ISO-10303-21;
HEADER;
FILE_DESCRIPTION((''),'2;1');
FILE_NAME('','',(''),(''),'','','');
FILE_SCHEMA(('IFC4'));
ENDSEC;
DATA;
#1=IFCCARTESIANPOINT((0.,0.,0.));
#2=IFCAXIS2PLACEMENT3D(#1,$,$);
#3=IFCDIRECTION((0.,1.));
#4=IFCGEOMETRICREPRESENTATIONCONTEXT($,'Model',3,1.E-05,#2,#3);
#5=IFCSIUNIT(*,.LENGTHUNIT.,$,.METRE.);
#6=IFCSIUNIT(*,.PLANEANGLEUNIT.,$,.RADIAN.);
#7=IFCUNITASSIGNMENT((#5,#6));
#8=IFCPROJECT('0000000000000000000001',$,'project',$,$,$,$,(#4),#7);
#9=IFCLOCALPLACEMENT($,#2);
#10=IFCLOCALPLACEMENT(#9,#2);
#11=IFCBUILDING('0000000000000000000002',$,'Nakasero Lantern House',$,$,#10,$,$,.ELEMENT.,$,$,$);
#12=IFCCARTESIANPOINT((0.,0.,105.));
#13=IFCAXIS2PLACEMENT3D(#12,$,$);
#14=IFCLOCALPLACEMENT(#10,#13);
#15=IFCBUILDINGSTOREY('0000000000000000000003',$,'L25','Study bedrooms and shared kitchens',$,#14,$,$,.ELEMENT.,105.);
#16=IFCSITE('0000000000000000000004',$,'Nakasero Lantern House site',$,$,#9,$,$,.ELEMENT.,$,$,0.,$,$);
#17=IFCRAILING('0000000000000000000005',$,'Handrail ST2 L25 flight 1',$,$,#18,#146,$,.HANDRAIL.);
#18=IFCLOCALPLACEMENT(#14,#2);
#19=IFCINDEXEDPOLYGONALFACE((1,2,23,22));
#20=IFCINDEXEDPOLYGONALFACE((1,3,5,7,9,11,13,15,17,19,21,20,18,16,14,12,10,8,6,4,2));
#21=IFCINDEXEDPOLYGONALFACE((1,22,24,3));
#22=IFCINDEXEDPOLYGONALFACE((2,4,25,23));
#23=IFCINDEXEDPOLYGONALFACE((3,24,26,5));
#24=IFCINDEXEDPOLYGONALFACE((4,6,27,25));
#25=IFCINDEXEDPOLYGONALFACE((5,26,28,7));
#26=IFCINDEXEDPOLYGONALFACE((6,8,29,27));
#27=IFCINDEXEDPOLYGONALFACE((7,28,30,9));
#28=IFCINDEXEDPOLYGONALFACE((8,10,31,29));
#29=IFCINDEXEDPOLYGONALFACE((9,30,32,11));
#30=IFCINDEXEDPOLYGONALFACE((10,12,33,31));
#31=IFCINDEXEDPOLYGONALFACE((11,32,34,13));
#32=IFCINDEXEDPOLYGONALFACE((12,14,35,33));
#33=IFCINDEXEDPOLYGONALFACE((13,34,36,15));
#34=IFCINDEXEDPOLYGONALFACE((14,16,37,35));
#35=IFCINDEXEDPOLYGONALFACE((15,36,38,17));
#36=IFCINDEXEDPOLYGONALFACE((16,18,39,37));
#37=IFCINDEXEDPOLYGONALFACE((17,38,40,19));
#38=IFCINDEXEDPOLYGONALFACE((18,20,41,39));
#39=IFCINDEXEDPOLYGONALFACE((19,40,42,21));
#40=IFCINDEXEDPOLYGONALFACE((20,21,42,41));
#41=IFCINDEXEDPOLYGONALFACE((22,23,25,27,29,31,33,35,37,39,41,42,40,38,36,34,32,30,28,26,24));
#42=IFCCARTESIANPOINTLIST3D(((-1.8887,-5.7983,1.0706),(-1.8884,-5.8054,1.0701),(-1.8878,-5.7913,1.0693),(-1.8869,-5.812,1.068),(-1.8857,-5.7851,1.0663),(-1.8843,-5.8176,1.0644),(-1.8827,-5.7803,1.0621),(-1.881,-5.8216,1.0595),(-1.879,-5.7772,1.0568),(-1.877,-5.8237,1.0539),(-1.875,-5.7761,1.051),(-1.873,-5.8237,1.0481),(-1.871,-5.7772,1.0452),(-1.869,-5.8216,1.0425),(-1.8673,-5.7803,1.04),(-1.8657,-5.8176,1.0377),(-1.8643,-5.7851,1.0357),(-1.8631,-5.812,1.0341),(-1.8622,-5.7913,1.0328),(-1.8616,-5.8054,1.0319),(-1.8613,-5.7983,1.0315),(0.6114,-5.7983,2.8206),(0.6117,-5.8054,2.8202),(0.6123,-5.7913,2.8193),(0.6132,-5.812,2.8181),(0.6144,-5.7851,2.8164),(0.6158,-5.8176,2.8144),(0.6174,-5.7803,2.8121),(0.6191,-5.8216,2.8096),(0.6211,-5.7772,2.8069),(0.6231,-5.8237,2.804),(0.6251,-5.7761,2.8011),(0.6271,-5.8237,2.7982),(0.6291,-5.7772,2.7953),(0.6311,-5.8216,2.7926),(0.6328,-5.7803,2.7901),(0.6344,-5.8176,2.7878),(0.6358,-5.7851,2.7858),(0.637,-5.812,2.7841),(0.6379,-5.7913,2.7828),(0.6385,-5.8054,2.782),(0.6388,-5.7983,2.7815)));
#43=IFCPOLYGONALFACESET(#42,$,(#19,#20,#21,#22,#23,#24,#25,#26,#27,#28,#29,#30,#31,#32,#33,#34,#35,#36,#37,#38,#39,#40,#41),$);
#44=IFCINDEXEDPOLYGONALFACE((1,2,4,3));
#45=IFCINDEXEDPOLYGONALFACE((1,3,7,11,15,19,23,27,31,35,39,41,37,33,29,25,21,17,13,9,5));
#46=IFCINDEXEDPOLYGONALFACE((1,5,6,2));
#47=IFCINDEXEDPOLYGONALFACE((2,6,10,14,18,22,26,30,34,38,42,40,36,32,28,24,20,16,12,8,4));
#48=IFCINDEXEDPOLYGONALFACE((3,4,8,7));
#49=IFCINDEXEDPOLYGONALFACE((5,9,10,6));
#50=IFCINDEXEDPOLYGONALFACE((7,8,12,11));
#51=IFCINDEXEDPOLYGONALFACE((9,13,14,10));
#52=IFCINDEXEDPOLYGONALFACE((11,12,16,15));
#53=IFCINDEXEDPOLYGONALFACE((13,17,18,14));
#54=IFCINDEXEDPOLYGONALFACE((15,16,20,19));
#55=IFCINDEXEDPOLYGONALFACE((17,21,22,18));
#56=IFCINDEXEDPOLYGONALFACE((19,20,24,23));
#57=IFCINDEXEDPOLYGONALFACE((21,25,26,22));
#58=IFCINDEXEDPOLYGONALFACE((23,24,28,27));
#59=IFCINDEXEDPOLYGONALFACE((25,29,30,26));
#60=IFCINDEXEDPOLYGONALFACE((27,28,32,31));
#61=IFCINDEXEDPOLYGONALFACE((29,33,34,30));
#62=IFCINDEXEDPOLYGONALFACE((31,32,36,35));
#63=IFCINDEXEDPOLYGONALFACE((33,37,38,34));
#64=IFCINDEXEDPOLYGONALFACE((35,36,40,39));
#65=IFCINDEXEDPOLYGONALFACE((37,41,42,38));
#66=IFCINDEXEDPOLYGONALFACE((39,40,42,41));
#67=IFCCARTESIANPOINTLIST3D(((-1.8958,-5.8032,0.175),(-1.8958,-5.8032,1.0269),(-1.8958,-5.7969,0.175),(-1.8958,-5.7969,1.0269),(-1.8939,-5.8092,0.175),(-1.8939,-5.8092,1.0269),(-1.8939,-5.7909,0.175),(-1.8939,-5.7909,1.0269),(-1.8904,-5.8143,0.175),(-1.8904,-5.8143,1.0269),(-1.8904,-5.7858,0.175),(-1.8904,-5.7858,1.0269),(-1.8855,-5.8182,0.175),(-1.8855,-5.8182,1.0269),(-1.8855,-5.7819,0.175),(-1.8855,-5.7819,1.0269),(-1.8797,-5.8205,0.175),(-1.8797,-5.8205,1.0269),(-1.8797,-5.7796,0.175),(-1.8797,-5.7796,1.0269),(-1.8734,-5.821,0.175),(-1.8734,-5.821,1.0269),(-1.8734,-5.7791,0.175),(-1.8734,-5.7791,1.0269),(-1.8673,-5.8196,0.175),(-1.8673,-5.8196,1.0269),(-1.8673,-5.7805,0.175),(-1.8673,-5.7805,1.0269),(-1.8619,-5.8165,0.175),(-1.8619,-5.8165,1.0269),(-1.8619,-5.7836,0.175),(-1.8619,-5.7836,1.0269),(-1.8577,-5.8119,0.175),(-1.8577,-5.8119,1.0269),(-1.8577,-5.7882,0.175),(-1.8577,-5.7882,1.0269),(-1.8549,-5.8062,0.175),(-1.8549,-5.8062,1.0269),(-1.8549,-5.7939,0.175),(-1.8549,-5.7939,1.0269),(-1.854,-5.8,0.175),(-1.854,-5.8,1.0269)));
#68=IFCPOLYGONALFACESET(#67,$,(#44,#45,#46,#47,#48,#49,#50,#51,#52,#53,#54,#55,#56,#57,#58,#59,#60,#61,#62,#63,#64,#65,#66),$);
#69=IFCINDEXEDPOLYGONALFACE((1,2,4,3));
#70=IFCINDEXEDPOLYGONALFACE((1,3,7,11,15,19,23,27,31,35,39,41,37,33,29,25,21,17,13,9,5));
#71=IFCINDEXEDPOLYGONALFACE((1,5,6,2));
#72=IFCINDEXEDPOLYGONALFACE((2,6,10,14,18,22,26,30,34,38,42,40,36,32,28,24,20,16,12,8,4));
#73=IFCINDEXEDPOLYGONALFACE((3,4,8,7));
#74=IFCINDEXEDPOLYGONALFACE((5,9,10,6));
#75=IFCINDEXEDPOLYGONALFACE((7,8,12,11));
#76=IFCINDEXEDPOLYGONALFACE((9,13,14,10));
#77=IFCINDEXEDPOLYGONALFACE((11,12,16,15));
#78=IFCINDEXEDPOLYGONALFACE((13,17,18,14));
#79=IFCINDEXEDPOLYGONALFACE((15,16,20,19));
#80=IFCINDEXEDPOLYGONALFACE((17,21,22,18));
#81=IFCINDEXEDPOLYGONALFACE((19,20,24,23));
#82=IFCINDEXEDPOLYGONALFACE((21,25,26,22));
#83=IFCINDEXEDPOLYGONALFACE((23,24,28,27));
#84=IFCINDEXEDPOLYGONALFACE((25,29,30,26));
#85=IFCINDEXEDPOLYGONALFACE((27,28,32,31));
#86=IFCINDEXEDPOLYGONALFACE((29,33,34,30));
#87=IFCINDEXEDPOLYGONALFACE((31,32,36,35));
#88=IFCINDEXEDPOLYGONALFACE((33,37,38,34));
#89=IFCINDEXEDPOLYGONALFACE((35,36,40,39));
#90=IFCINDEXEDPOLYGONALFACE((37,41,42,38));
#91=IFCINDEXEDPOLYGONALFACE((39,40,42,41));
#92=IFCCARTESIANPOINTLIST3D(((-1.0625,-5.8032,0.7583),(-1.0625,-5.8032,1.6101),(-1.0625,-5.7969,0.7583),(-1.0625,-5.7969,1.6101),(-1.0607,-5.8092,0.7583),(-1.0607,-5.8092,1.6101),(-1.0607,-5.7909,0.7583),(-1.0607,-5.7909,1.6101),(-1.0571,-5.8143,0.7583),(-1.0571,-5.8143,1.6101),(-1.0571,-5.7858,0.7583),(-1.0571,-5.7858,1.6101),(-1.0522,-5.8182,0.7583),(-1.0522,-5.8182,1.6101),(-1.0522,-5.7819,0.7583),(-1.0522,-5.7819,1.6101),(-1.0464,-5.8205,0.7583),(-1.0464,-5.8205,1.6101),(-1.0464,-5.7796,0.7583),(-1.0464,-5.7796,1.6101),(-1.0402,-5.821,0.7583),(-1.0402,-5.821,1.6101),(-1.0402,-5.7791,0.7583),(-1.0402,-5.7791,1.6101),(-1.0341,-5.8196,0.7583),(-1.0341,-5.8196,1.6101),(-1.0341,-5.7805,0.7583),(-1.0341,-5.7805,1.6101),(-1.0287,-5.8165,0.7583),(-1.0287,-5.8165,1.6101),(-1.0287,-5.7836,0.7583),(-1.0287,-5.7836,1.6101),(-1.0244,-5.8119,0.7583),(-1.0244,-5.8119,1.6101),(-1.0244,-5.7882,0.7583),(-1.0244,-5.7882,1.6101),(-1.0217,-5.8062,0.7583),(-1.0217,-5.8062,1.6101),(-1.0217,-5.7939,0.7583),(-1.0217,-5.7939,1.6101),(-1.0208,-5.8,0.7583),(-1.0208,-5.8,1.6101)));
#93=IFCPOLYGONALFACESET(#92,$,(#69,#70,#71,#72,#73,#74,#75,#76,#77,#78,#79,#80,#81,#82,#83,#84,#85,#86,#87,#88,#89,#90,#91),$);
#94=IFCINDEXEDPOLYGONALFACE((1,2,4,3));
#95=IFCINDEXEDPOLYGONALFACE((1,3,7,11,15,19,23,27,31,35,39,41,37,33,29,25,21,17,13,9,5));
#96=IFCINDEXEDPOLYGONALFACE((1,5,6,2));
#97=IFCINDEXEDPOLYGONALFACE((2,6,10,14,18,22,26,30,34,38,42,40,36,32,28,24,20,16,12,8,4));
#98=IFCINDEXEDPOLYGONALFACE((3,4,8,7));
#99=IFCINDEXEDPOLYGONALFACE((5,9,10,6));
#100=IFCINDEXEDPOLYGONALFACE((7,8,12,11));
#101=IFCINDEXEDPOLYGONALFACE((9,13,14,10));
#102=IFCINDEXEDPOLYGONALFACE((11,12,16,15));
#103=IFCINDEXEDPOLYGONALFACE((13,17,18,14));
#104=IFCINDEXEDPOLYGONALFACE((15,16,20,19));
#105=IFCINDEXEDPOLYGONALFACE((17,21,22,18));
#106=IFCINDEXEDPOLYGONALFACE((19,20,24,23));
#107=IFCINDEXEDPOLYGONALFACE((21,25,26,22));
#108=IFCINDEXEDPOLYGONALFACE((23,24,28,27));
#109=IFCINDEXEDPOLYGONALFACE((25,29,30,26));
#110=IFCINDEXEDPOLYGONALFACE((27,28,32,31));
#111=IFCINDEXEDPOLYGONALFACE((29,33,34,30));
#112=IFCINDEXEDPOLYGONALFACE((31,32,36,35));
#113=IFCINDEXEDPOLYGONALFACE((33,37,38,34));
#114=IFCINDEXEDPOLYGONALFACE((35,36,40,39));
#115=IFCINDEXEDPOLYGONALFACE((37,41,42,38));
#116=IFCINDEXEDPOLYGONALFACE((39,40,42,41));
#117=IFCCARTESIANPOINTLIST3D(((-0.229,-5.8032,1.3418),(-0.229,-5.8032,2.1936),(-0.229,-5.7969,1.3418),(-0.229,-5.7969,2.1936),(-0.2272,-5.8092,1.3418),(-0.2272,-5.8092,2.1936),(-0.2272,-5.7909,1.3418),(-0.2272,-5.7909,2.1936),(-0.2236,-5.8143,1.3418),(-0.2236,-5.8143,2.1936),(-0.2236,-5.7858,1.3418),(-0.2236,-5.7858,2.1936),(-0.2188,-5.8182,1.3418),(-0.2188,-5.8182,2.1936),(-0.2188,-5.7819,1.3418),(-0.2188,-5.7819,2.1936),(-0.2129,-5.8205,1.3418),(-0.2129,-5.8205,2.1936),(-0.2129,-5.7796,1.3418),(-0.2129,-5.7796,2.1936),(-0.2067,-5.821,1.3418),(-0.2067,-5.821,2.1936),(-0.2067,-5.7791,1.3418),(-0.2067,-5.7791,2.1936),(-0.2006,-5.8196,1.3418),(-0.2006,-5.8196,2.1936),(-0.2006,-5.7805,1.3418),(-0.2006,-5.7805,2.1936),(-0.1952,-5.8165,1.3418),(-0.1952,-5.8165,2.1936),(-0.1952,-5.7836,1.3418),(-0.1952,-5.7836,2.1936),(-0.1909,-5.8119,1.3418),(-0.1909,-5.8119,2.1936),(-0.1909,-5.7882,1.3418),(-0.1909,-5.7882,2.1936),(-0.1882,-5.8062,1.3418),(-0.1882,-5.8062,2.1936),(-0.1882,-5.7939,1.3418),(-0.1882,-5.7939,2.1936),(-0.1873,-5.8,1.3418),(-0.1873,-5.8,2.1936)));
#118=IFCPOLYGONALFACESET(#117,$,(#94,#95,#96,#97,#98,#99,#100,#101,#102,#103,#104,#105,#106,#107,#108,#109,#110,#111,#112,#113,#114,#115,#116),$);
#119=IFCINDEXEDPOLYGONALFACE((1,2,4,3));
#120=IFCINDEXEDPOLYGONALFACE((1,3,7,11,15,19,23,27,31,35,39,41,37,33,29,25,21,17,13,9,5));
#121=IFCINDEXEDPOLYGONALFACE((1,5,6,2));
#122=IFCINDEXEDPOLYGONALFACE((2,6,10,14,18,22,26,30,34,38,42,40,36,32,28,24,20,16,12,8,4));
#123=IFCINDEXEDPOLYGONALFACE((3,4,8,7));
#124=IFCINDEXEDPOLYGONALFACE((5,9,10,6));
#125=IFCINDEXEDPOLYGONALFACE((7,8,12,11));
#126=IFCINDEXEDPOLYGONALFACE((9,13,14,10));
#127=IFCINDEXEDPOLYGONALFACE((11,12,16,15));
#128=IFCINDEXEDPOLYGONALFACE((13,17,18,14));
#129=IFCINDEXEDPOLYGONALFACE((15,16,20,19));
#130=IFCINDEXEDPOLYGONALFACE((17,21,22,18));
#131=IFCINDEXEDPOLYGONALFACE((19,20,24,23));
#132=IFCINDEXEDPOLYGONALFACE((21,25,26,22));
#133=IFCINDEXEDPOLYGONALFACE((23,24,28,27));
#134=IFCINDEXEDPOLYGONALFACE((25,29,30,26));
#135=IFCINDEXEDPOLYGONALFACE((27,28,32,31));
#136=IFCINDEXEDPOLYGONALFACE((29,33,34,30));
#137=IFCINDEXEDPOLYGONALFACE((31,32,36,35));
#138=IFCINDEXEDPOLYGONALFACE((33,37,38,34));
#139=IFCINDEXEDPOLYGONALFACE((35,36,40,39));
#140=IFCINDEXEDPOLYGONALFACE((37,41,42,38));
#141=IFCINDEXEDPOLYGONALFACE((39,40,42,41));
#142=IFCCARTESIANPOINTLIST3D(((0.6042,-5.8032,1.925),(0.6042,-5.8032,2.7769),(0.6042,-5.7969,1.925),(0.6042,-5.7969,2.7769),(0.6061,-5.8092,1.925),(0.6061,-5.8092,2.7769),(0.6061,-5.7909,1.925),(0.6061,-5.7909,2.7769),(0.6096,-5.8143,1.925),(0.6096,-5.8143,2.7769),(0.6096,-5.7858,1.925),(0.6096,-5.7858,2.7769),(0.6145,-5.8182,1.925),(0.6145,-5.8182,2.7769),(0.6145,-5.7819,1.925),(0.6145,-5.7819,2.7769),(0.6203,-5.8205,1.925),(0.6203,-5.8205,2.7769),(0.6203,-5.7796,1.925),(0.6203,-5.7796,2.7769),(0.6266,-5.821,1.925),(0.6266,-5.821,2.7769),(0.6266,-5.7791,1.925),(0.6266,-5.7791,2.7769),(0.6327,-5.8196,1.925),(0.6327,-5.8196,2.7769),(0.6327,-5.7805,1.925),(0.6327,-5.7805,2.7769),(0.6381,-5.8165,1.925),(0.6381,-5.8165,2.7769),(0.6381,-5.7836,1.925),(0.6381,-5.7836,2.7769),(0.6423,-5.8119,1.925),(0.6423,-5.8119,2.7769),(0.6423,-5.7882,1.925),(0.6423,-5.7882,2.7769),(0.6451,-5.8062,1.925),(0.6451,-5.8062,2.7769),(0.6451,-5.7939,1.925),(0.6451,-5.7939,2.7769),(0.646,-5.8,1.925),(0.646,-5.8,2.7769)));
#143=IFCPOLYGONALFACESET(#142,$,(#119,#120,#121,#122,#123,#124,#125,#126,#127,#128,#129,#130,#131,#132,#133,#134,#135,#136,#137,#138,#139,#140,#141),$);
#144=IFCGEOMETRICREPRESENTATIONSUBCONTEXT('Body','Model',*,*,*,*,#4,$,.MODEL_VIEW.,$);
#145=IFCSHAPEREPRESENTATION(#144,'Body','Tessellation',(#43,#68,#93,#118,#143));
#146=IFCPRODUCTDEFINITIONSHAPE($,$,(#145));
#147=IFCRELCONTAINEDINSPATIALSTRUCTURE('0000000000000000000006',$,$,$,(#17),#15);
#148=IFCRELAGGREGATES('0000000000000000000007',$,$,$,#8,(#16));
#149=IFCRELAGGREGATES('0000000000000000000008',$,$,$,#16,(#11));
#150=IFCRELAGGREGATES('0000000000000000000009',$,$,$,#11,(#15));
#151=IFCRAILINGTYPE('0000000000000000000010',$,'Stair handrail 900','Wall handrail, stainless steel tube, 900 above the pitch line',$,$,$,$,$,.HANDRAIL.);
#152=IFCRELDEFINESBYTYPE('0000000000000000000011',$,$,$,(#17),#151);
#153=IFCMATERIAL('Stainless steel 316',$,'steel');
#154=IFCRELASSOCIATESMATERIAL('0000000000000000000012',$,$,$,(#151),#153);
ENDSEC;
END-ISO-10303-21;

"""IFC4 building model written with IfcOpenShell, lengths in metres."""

from ifc_helpers import new_model, si_unit, direction, frame, origin, origin_2d, place, context, subcontext, project, spatial, circle, extrude, material, type_object, element, save


model = new_model("IFC4")

# Units and contexts
model_context = context("Model", 3, precision=1e-05, world=origin(), true_north=direction((0.0, 1.0)))
body_context = subcontext(model_context, "Body", "Model", "MODEL_VIEW")
ifc_project = project(units=[si_unit("LENGTHUNIT", "METRE"), si_unit("PLANEANGLEUNIT", "RADIAN")], contexts=[model_context])

# Site, building, storey
site_placement = place(None, origin())
site = spatial("IfcSite", under=ifc_project, at=site_placement, Name="Nakasero Lantern House site", CompositionType="ELEMENT", RefElevation=0.0)
building_placement = place(site_placement, origin())
building = spatial("IfcBuilding", under=site, at=building_placement, Name="Nakasero Lantern House", CompositionType="ELEMENT")
storey_placement = place(building_placement, frame((0.0, 0.0, 105.0)))
storey = spatial("IfcBuildingStorey", under=building, at=storey_placement, Name="L25", Description="Study bedrooms and shared kitchens", CompositionType="ELEMENT", Elevation=105.0)

# Railing
ifc_material_1 = material(Name="Stainless steel 316", Category="steel")
railing_type = type_object("IfcRailingType", Name="Stair handrail 900", Description="Wall handrail, stainless steel tube, 900 above the pitch line", PredefinedType="HANDRAIL", material=ifc_material_1)
railing_placement = place(storey_placement, frame((-1.875, -5.8, 0.175)))
element("IfcRailing", 1, at=railing_placement, inside=storey, type_object=railing_type, Name="Handrail ST2 L25 flight 1", PredefinedType="HANDRAIL", context=body_context, shape_type="SweptSolid", body=[
    extrude(circle(Radius=0.0239, at=origin_2d()), frame((0.0, 0.0, 0.876), z_axis=(0.819232, 0.0, 0.573462), x_axis=(0.0, 1.0, 0.0)), (0.0, 0.0, 1.0), 3.0518),
    extrude(circle(Radius=0.021, at=origin_2d()), origin(), (0.0, 0.0, 1.0), 0.8518),
    extrude(circle(Radius=0.021, at=origin_2d()), frame((0.8333, 0.0, 0.5833)), (0.0, 0.0, 1.0), 0.8518),
    extrude(circle(Radius=0.021, at=origin_2d()), frame((1.6667, 0.0, 1.1667)), (0.0, 0.0, 1.0), 0.8518),
    extrude(circle(Radius=0.021, at=origin_2d()), frame((2.5, 0.0, 1.75)), (0.0, 0.0, 1.0), 0.8518),
])

save(model, "model.ifc")
